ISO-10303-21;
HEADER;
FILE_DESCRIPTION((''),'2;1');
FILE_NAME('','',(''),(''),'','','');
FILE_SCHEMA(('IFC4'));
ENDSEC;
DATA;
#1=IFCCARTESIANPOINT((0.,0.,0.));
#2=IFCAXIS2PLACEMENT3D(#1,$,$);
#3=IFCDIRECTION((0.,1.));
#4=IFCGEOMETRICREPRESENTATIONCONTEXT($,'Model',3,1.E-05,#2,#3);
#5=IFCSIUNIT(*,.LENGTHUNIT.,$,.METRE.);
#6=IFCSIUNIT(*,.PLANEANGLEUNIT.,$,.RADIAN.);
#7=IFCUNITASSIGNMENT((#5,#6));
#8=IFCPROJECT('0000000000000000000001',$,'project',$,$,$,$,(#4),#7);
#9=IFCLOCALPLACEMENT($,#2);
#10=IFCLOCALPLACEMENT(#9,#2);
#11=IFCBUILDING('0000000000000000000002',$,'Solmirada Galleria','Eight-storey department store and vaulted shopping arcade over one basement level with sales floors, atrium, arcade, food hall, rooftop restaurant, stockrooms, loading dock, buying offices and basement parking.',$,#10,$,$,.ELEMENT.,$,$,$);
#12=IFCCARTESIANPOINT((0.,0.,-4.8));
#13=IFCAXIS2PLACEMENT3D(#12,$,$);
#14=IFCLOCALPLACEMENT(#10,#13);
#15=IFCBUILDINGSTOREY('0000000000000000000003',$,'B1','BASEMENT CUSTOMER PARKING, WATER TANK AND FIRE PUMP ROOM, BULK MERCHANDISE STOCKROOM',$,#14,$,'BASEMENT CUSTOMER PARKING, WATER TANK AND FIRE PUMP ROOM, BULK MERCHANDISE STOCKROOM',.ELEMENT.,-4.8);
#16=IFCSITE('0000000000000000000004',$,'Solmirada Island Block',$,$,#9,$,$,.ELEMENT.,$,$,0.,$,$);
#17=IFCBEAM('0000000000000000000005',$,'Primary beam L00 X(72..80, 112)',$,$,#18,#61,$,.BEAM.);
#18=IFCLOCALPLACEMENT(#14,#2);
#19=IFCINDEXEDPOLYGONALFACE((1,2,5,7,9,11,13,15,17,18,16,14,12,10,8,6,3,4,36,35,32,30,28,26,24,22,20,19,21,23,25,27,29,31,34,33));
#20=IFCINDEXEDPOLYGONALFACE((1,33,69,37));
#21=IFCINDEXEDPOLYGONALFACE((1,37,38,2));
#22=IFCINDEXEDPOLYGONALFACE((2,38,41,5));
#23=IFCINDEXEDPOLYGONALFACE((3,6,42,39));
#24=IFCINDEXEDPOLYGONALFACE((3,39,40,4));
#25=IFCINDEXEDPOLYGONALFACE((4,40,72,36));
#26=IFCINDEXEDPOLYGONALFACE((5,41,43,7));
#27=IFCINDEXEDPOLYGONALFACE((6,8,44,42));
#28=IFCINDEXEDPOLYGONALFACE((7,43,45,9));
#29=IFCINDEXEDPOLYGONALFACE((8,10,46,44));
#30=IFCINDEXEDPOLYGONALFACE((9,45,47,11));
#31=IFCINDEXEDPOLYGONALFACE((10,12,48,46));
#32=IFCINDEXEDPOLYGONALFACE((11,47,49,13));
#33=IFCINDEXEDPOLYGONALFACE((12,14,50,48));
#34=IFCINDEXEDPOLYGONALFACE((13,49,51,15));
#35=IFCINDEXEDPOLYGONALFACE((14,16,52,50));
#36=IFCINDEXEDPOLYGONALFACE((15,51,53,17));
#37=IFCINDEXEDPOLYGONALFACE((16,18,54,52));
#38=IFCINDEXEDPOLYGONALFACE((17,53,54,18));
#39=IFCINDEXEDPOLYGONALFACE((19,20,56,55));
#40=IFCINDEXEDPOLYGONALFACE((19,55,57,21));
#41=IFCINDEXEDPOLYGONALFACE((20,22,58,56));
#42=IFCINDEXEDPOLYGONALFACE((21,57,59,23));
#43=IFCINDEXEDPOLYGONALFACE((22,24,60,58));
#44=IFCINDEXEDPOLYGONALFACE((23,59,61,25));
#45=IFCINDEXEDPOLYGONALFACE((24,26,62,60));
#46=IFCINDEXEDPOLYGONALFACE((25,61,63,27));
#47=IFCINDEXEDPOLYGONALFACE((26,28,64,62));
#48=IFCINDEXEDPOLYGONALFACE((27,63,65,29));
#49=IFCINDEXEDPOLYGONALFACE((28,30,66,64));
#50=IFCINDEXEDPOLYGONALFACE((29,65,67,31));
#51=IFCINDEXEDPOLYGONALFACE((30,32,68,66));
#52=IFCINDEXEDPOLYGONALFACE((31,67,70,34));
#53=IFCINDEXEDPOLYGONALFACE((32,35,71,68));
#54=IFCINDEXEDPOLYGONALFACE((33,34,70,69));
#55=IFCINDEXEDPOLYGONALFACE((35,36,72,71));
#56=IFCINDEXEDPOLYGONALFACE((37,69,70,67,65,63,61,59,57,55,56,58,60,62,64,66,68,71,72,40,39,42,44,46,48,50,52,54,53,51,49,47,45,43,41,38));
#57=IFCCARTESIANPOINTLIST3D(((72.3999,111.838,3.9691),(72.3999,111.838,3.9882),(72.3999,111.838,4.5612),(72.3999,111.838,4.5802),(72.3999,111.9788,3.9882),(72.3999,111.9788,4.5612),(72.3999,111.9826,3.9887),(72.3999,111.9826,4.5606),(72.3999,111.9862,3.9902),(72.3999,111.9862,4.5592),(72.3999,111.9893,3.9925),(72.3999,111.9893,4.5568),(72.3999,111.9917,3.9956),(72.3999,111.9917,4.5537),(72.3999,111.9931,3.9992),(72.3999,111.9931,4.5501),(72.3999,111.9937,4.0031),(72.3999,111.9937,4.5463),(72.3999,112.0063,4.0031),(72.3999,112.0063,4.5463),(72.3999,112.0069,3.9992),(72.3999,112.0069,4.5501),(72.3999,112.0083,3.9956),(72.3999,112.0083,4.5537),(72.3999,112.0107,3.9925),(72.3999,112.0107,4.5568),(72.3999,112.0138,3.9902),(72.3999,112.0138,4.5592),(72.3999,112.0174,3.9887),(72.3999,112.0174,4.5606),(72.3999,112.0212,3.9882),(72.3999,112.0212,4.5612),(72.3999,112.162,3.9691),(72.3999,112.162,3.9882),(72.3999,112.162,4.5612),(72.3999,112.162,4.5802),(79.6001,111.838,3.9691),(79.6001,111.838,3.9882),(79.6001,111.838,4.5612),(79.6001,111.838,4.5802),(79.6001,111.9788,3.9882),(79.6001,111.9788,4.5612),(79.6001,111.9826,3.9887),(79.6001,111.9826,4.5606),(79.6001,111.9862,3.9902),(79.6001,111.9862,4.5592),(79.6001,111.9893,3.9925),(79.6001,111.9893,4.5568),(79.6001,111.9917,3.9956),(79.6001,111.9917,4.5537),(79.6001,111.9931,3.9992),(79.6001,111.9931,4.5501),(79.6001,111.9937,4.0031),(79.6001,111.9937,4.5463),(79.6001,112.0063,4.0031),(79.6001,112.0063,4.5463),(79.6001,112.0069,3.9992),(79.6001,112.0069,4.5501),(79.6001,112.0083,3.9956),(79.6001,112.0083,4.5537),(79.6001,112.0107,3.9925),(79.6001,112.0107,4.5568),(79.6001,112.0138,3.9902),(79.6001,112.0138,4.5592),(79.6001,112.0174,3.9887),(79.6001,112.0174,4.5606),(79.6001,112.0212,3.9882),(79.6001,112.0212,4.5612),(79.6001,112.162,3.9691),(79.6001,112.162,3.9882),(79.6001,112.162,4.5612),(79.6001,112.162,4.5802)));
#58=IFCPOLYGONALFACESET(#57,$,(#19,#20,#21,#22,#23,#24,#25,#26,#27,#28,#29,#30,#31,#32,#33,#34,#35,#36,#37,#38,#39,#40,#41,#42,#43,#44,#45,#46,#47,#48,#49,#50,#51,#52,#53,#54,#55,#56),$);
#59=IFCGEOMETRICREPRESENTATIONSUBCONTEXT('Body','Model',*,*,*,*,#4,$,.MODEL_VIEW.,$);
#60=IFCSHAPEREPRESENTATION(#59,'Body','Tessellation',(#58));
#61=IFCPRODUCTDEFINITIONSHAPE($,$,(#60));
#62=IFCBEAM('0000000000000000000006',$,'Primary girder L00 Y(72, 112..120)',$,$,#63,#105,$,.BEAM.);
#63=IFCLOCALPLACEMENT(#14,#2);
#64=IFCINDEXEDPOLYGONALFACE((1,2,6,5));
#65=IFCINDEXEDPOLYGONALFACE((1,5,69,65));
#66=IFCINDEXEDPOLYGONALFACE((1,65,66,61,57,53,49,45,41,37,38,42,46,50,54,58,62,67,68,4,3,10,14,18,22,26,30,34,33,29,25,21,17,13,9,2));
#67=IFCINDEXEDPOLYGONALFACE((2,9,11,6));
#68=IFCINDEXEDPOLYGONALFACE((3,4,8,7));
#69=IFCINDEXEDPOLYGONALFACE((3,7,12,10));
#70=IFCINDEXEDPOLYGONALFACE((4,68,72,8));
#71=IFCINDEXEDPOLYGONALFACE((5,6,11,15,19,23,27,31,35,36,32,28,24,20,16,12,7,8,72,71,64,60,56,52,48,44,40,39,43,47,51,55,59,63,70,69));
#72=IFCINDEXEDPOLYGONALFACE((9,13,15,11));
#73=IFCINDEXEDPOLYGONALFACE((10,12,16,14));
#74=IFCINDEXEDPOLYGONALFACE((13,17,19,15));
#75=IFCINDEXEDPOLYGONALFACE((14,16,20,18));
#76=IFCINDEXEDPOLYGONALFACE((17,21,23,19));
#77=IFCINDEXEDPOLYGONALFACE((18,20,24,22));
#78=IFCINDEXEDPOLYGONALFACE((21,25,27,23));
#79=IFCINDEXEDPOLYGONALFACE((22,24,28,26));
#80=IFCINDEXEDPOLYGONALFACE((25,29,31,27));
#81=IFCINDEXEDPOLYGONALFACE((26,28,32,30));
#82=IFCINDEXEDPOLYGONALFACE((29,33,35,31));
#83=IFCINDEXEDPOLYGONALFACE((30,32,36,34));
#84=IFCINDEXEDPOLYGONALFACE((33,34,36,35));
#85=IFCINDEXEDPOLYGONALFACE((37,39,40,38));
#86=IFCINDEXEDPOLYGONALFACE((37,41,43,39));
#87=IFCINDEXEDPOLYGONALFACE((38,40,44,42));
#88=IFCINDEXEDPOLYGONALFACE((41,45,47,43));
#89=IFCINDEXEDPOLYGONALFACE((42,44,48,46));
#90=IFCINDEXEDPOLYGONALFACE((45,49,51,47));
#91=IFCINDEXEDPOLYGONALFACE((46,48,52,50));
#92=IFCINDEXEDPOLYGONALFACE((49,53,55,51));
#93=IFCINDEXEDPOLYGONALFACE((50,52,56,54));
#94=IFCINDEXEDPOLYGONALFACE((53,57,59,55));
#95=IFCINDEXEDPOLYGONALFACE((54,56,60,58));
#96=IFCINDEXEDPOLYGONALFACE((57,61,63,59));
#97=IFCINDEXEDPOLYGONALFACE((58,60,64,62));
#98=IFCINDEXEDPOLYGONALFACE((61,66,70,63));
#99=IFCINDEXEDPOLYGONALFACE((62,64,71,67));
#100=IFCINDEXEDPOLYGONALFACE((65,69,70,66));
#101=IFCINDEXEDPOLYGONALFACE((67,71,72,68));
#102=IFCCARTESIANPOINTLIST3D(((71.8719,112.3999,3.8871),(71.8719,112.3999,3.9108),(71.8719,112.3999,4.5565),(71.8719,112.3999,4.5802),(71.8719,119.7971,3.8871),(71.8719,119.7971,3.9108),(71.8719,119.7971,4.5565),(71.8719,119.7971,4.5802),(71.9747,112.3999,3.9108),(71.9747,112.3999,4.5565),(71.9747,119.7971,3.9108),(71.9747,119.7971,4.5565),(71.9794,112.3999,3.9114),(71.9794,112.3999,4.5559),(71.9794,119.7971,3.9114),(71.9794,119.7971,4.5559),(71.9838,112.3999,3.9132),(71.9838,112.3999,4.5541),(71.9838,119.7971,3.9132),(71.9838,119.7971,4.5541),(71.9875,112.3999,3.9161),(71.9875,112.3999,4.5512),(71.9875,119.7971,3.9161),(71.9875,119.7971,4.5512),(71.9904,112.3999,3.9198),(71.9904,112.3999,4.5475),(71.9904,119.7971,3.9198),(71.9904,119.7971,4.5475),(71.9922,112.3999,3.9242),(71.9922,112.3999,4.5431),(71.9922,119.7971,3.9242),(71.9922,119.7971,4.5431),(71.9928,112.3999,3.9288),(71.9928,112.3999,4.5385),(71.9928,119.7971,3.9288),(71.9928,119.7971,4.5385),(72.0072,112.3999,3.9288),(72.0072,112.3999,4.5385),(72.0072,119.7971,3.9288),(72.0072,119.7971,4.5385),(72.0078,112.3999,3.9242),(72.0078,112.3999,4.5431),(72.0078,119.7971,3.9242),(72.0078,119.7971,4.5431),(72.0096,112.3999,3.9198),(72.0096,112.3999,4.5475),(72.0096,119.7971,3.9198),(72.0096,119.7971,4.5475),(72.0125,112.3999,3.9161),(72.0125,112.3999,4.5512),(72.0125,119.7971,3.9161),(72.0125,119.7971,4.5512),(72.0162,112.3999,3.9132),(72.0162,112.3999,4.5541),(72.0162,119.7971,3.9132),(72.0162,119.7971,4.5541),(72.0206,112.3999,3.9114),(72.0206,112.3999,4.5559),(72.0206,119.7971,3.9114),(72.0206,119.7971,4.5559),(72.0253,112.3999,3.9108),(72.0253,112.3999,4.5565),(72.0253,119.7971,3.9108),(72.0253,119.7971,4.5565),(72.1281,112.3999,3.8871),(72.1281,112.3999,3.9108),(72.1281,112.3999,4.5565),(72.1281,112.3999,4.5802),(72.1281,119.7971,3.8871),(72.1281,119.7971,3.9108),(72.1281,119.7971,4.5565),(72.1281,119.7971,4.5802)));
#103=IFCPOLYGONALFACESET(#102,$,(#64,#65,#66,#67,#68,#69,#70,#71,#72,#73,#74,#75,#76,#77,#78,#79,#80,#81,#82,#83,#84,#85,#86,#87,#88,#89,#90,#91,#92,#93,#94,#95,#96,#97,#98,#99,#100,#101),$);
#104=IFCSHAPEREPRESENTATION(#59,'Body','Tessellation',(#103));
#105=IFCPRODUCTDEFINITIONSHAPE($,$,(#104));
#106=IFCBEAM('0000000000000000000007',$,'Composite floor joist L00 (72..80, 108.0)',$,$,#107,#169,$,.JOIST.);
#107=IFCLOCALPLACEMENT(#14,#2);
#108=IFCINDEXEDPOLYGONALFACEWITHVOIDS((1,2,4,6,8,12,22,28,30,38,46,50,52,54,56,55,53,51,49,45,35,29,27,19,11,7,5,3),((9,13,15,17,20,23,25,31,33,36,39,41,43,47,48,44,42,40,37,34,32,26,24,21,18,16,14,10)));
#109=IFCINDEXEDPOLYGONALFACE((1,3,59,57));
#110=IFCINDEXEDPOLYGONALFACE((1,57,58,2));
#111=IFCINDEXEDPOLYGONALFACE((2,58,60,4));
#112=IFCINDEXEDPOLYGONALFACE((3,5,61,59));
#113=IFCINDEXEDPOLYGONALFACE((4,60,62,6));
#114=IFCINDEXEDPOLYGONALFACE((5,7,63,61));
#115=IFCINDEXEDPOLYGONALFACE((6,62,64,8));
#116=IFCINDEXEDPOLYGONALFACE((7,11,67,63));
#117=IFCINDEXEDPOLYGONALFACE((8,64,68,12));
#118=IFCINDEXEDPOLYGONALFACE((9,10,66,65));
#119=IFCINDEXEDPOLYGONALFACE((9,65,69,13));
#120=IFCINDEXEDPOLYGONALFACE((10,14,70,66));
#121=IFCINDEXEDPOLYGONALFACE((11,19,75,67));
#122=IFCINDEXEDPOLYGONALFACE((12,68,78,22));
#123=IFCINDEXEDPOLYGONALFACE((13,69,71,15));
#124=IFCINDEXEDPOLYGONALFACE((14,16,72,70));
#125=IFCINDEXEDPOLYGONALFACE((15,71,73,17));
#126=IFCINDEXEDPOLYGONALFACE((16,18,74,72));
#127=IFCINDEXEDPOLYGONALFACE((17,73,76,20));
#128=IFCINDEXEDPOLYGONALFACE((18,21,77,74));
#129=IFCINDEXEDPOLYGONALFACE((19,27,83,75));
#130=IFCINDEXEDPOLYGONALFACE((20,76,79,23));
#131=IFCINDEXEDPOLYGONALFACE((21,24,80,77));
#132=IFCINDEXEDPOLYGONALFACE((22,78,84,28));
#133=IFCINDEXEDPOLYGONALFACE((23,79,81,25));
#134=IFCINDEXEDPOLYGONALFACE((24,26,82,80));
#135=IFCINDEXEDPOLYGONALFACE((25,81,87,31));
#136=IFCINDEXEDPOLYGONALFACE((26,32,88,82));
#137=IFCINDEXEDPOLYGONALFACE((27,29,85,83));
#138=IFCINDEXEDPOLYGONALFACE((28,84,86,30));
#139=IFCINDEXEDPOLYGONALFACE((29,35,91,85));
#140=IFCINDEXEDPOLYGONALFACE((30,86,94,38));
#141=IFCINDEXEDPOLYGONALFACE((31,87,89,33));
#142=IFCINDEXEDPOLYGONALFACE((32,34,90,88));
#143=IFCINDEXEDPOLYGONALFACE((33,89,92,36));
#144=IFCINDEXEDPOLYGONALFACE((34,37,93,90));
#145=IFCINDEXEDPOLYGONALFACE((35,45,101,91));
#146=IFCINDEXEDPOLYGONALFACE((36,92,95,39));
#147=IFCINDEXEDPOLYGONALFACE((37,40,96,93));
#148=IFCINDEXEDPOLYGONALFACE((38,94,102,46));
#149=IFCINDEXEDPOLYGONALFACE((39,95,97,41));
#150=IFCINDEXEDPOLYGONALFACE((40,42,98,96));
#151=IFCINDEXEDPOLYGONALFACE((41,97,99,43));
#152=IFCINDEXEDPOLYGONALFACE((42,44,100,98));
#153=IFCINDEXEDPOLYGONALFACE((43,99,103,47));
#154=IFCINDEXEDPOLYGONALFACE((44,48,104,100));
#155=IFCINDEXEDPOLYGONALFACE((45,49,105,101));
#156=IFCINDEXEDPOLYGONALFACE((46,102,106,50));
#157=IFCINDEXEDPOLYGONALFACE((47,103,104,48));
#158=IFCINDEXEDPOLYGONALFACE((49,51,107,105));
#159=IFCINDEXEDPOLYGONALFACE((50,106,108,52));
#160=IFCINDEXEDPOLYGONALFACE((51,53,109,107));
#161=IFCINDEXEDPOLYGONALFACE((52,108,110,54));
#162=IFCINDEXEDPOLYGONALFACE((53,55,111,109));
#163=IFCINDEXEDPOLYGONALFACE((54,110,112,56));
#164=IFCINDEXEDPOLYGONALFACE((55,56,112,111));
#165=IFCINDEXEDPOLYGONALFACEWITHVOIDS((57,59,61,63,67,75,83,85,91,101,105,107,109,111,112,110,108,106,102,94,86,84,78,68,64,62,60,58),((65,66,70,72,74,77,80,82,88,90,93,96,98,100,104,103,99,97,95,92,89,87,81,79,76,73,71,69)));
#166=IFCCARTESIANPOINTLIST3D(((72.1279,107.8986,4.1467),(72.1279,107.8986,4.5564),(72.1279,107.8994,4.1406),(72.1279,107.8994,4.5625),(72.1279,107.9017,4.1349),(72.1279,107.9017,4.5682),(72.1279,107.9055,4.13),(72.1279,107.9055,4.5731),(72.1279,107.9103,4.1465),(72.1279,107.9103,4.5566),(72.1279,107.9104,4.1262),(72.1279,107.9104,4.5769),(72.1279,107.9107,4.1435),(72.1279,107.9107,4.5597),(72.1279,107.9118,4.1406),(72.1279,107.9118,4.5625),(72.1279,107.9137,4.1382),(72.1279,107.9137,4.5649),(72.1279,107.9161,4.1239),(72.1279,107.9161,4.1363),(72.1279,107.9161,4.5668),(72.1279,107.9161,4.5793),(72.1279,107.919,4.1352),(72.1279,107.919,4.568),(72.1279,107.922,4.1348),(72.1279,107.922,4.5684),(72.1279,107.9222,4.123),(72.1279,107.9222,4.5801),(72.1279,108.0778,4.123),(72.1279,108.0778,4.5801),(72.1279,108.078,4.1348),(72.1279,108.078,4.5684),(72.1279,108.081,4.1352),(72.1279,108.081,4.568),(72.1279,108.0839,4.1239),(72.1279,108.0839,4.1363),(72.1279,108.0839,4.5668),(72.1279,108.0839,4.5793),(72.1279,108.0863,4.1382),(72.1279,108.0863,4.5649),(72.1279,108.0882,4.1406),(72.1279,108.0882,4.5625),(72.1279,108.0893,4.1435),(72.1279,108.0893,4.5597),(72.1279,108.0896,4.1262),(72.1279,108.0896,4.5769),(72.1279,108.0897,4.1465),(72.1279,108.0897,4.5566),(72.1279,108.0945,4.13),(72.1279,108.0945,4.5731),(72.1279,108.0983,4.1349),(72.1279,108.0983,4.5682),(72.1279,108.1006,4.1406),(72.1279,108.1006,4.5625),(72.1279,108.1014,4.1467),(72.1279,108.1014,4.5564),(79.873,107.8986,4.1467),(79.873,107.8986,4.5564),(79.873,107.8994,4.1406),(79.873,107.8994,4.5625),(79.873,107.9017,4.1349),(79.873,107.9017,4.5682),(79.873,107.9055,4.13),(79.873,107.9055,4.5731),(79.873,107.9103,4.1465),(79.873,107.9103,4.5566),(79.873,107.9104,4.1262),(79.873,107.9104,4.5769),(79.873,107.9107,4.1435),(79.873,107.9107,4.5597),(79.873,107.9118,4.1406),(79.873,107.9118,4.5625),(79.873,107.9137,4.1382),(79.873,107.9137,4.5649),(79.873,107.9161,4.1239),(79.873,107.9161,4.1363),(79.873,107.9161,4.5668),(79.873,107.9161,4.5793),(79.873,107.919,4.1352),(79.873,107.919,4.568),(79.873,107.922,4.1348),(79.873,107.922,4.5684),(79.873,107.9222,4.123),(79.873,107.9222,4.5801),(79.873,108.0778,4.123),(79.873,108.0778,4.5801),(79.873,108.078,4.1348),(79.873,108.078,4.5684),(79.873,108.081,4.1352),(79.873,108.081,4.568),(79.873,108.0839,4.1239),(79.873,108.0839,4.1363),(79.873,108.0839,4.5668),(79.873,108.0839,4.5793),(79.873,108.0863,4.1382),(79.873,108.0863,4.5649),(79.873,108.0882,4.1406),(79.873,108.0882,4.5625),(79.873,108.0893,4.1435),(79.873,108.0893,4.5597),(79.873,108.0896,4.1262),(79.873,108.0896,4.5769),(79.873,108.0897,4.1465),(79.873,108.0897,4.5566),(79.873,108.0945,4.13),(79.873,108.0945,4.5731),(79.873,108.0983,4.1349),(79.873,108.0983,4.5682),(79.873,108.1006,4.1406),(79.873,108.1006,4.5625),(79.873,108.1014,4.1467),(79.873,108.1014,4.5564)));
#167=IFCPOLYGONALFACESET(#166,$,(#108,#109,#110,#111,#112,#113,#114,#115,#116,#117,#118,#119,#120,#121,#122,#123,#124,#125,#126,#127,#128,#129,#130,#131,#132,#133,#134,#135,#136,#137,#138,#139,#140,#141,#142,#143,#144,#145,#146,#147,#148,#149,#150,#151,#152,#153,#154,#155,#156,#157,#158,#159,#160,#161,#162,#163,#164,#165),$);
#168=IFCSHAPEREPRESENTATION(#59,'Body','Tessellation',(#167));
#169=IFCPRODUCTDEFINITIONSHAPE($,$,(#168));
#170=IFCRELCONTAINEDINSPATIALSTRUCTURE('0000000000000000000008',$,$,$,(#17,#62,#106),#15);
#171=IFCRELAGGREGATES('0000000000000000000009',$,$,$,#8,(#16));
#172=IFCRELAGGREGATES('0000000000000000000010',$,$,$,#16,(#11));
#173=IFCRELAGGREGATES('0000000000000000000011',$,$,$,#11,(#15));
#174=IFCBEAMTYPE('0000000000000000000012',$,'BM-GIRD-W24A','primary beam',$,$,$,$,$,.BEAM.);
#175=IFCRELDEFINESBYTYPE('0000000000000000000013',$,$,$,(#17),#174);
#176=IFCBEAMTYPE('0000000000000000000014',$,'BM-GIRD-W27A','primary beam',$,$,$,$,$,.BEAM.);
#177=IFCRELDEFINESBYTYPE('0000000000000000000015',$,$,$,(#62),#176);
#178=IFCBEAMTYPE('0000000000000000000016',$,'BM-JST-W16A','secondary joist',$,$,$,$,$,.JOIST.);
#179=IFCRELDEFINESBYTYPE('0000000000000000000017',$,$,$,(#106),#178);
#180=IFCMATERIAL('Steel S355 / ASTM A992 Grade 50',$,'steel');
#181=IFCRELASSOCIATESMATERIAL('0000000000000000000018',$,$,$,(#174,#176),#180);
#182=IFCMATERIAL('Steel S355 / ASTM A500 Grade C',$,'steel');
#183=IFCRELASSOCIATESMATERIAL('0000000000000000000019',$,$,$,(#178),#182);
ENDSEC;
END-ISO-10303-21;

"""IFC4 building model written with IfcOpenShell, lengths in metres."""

from ifc_helpers import new_model, si_unit, direction, frame, origin, origin_2d, place, context, subcontext, project, spatial, hollow_rectangle, i_section, extrude, material, material_profile, profile_set, type_object, element, save


model = new_model("IFC4")

# Units and contexts
model_context = context("Model", 3, precision=1e-05, world=origin(), true_north=direction((0.0, 1.0)))
body_context = subcontext(model_context, "Body", "Model", "MODEL_VIEW")
ifc_project = project(units=[si_unit("LENGTHUNIT", "METRE"), si_unit("PLANEANGLEUNIT", "RADIAN")], contexts=[model_context])

# Site, building, storey
site_placement = place(None, origin())
site = spatial("IfcSite", under=ifc_project, at=site_placement, Name="Solmirada Island Block", CompositionType="ELEMENT", RefElevation=0.0)
building_placement = place(site_placement, origin())
building = spatial("IfcBuilding", under=site, at=building_placement, Name="Solmirada Galleria", Description="Eight-storey department store and vaulted shopping arcade over one basement level with sales floors, atrium, arcade, food hall, rooftop restaurant, stockrooms, loading dock, buying offices and basement parking.", CompositionType="ELEMENT")
storey_placement = place(building_placement, frame((0.0, 0.0, -4.8)))
storey = spatial("IfcBuildingStorey", under=building, at=storey_placement, Name="B1", Description="BASEMENT CUSTOMER PARKING, WATER TANK AND FIRE PUMP ROOM, BULK MERCHANDISE STOCKROOM", LongName="BASEMENT CUSTOMER PARKING, WATER TANK AND FIRE PUMP ROOM, BULK MERCHANDISE STOCKROOM", CompositionType="ELEMENT", Elevation=-4.8)

# Shared definitions
ifc_material_1 = material(Name="Steel S355 / ASTM A500 Grade C", Category="steel")

# Beams
ifc_material_2 = material(Name="Steel S355 / ASTM A992 Grade 50", Category="steel")
ifc_material_profile_1 = material_profile(ifc_material_2, i_section(OverallWidth=0.324, OverallDepth=0.6111, WebThickness=0.0127, FlangeThickness=0.019, FilletRadius=0.0149, at=origin_2d()), Name="W24X104")
ifc_profile_set_1 = profile_set([ifc_material_profile_1], Name="Steel S355 / ASTM A992 Grade 50")
beam_type_1 = type_object("IfcBeamType", Name="BM-GIRD-W24A", Description="primary beam", PredefinedType="BEAM", material=ifc_profile_set_1)
beam_1_placement = place(storey_placement, frame((72.3999, 112.0, 4.2747), z_axis=(1.0, 0.0, 0.0), x_axis=(0.0, 1.0, 0.0)))
element("IfcBeam", 1, at=beam_1_placement, inside=storey, type_object=beam_type_1, Name="Primary beam L00 X(72..80, 112)", PredefinedType="BEAM", context=body_context, shape_type="SweptSolid", body=[
    extrude(i_section(OverallWidth=0.324, OverallDepth=0.6111, WebThickness=0.0127, FlangeThickness=0.019, FilletRadius=0.0149, at=origin_2d()), origin(), (0.0, 0.0, 1.0), 7.2002),
])
ifc_material_profile_2 = material_profile(ifc_material_2, i_section(OverallWidth=0.2561, OverallDepth=0.6931, WebThickness=0.0144, FlangeThickness=0.0237, FilletRadius=0.0181, at=origin_2d()), Name="W27X114")
ifc_profile_set_2 = profile_set([ifc_material_profile_2], Name="Steel S355 / ASTM A992 Grade 50")
beam_type_2 = type_object("IfcBeamType", Name="BM-GIRD-W27A", Description="primary beam", PredefinedType="BEAM", material=ifc_profile_set_2)
beam_2_placement = place(storey_placement, frame((72.0, 112.3999, 4.2336), z_axis=(0.0, 1.0, 0.0), x_axis=(-1.0, 0.0, 0.0)))
element("IfcBeam", 2, at=beam_2_placement, inside=storey, type_object=beam_type_2, Name="Primary girder L00 Y(72, 112..120)", PredefinedType="BEAM", context=body_context, shape_type="SweptSolid", body=[
    extrude(i_section(OverallWidth=0.2561, OverallDepth=0.6931, WebThickness=0.0144, FlangeThickness=0.0237, FilletRadius=0.0181, at=origin_2d()), origin(), (0.0, 0.0, 1.0), 7.3972),
])
ifc_material_profile_3 = material_profile(ifc_material_1, hollow_rectangle(XDim=0.2029, YDim=0.457, WallThickness=0.0117, InnerFilletRadius=0.0117, OuterFilletRadius=0.0237, at=origin_2d()), Name="HSS18X8X1/2")
ifc_profile_set_3 = profile_set([ifc_material_profile_3], Name="Steel S355 / ASTM A500 Grade C")
beam_type_3 = type_object("IfcBeamType", Name="BM-JST-W16A", Description="secondary joist", PredefinedType="JOIST", material=ifc_profile_set_3)
for number, where, z_axis, x_axis, name in (
    (3, (72.1279, 108.0, 4.3516), (1.0, 0.0, 0.0), (0.0, 1.0, 0.0), "Composite floor joist L00 (72..80, 108.0)"),
):
    element("IfcBeam", number, at=place(storey_placement, frame(where, z_axis=z_axis, x_axis=x_axis)), inside=storey, type_object=beam_type_3, Name=name, PredefinedType="JOIST", context=body_context, shape_type="SweptSolid", body=[
        extrude(hollow_rectangle(XDim=0.2029, YDim=0.457, WallThickness=0.0117, InnerFilletRadius=0.0117, OuterFilletRadius=0.0237, at=origin_2d()), origin(), (0.0, 0.0, 1.0), 7.7451),
    ])

save(model, "model.ifc")
